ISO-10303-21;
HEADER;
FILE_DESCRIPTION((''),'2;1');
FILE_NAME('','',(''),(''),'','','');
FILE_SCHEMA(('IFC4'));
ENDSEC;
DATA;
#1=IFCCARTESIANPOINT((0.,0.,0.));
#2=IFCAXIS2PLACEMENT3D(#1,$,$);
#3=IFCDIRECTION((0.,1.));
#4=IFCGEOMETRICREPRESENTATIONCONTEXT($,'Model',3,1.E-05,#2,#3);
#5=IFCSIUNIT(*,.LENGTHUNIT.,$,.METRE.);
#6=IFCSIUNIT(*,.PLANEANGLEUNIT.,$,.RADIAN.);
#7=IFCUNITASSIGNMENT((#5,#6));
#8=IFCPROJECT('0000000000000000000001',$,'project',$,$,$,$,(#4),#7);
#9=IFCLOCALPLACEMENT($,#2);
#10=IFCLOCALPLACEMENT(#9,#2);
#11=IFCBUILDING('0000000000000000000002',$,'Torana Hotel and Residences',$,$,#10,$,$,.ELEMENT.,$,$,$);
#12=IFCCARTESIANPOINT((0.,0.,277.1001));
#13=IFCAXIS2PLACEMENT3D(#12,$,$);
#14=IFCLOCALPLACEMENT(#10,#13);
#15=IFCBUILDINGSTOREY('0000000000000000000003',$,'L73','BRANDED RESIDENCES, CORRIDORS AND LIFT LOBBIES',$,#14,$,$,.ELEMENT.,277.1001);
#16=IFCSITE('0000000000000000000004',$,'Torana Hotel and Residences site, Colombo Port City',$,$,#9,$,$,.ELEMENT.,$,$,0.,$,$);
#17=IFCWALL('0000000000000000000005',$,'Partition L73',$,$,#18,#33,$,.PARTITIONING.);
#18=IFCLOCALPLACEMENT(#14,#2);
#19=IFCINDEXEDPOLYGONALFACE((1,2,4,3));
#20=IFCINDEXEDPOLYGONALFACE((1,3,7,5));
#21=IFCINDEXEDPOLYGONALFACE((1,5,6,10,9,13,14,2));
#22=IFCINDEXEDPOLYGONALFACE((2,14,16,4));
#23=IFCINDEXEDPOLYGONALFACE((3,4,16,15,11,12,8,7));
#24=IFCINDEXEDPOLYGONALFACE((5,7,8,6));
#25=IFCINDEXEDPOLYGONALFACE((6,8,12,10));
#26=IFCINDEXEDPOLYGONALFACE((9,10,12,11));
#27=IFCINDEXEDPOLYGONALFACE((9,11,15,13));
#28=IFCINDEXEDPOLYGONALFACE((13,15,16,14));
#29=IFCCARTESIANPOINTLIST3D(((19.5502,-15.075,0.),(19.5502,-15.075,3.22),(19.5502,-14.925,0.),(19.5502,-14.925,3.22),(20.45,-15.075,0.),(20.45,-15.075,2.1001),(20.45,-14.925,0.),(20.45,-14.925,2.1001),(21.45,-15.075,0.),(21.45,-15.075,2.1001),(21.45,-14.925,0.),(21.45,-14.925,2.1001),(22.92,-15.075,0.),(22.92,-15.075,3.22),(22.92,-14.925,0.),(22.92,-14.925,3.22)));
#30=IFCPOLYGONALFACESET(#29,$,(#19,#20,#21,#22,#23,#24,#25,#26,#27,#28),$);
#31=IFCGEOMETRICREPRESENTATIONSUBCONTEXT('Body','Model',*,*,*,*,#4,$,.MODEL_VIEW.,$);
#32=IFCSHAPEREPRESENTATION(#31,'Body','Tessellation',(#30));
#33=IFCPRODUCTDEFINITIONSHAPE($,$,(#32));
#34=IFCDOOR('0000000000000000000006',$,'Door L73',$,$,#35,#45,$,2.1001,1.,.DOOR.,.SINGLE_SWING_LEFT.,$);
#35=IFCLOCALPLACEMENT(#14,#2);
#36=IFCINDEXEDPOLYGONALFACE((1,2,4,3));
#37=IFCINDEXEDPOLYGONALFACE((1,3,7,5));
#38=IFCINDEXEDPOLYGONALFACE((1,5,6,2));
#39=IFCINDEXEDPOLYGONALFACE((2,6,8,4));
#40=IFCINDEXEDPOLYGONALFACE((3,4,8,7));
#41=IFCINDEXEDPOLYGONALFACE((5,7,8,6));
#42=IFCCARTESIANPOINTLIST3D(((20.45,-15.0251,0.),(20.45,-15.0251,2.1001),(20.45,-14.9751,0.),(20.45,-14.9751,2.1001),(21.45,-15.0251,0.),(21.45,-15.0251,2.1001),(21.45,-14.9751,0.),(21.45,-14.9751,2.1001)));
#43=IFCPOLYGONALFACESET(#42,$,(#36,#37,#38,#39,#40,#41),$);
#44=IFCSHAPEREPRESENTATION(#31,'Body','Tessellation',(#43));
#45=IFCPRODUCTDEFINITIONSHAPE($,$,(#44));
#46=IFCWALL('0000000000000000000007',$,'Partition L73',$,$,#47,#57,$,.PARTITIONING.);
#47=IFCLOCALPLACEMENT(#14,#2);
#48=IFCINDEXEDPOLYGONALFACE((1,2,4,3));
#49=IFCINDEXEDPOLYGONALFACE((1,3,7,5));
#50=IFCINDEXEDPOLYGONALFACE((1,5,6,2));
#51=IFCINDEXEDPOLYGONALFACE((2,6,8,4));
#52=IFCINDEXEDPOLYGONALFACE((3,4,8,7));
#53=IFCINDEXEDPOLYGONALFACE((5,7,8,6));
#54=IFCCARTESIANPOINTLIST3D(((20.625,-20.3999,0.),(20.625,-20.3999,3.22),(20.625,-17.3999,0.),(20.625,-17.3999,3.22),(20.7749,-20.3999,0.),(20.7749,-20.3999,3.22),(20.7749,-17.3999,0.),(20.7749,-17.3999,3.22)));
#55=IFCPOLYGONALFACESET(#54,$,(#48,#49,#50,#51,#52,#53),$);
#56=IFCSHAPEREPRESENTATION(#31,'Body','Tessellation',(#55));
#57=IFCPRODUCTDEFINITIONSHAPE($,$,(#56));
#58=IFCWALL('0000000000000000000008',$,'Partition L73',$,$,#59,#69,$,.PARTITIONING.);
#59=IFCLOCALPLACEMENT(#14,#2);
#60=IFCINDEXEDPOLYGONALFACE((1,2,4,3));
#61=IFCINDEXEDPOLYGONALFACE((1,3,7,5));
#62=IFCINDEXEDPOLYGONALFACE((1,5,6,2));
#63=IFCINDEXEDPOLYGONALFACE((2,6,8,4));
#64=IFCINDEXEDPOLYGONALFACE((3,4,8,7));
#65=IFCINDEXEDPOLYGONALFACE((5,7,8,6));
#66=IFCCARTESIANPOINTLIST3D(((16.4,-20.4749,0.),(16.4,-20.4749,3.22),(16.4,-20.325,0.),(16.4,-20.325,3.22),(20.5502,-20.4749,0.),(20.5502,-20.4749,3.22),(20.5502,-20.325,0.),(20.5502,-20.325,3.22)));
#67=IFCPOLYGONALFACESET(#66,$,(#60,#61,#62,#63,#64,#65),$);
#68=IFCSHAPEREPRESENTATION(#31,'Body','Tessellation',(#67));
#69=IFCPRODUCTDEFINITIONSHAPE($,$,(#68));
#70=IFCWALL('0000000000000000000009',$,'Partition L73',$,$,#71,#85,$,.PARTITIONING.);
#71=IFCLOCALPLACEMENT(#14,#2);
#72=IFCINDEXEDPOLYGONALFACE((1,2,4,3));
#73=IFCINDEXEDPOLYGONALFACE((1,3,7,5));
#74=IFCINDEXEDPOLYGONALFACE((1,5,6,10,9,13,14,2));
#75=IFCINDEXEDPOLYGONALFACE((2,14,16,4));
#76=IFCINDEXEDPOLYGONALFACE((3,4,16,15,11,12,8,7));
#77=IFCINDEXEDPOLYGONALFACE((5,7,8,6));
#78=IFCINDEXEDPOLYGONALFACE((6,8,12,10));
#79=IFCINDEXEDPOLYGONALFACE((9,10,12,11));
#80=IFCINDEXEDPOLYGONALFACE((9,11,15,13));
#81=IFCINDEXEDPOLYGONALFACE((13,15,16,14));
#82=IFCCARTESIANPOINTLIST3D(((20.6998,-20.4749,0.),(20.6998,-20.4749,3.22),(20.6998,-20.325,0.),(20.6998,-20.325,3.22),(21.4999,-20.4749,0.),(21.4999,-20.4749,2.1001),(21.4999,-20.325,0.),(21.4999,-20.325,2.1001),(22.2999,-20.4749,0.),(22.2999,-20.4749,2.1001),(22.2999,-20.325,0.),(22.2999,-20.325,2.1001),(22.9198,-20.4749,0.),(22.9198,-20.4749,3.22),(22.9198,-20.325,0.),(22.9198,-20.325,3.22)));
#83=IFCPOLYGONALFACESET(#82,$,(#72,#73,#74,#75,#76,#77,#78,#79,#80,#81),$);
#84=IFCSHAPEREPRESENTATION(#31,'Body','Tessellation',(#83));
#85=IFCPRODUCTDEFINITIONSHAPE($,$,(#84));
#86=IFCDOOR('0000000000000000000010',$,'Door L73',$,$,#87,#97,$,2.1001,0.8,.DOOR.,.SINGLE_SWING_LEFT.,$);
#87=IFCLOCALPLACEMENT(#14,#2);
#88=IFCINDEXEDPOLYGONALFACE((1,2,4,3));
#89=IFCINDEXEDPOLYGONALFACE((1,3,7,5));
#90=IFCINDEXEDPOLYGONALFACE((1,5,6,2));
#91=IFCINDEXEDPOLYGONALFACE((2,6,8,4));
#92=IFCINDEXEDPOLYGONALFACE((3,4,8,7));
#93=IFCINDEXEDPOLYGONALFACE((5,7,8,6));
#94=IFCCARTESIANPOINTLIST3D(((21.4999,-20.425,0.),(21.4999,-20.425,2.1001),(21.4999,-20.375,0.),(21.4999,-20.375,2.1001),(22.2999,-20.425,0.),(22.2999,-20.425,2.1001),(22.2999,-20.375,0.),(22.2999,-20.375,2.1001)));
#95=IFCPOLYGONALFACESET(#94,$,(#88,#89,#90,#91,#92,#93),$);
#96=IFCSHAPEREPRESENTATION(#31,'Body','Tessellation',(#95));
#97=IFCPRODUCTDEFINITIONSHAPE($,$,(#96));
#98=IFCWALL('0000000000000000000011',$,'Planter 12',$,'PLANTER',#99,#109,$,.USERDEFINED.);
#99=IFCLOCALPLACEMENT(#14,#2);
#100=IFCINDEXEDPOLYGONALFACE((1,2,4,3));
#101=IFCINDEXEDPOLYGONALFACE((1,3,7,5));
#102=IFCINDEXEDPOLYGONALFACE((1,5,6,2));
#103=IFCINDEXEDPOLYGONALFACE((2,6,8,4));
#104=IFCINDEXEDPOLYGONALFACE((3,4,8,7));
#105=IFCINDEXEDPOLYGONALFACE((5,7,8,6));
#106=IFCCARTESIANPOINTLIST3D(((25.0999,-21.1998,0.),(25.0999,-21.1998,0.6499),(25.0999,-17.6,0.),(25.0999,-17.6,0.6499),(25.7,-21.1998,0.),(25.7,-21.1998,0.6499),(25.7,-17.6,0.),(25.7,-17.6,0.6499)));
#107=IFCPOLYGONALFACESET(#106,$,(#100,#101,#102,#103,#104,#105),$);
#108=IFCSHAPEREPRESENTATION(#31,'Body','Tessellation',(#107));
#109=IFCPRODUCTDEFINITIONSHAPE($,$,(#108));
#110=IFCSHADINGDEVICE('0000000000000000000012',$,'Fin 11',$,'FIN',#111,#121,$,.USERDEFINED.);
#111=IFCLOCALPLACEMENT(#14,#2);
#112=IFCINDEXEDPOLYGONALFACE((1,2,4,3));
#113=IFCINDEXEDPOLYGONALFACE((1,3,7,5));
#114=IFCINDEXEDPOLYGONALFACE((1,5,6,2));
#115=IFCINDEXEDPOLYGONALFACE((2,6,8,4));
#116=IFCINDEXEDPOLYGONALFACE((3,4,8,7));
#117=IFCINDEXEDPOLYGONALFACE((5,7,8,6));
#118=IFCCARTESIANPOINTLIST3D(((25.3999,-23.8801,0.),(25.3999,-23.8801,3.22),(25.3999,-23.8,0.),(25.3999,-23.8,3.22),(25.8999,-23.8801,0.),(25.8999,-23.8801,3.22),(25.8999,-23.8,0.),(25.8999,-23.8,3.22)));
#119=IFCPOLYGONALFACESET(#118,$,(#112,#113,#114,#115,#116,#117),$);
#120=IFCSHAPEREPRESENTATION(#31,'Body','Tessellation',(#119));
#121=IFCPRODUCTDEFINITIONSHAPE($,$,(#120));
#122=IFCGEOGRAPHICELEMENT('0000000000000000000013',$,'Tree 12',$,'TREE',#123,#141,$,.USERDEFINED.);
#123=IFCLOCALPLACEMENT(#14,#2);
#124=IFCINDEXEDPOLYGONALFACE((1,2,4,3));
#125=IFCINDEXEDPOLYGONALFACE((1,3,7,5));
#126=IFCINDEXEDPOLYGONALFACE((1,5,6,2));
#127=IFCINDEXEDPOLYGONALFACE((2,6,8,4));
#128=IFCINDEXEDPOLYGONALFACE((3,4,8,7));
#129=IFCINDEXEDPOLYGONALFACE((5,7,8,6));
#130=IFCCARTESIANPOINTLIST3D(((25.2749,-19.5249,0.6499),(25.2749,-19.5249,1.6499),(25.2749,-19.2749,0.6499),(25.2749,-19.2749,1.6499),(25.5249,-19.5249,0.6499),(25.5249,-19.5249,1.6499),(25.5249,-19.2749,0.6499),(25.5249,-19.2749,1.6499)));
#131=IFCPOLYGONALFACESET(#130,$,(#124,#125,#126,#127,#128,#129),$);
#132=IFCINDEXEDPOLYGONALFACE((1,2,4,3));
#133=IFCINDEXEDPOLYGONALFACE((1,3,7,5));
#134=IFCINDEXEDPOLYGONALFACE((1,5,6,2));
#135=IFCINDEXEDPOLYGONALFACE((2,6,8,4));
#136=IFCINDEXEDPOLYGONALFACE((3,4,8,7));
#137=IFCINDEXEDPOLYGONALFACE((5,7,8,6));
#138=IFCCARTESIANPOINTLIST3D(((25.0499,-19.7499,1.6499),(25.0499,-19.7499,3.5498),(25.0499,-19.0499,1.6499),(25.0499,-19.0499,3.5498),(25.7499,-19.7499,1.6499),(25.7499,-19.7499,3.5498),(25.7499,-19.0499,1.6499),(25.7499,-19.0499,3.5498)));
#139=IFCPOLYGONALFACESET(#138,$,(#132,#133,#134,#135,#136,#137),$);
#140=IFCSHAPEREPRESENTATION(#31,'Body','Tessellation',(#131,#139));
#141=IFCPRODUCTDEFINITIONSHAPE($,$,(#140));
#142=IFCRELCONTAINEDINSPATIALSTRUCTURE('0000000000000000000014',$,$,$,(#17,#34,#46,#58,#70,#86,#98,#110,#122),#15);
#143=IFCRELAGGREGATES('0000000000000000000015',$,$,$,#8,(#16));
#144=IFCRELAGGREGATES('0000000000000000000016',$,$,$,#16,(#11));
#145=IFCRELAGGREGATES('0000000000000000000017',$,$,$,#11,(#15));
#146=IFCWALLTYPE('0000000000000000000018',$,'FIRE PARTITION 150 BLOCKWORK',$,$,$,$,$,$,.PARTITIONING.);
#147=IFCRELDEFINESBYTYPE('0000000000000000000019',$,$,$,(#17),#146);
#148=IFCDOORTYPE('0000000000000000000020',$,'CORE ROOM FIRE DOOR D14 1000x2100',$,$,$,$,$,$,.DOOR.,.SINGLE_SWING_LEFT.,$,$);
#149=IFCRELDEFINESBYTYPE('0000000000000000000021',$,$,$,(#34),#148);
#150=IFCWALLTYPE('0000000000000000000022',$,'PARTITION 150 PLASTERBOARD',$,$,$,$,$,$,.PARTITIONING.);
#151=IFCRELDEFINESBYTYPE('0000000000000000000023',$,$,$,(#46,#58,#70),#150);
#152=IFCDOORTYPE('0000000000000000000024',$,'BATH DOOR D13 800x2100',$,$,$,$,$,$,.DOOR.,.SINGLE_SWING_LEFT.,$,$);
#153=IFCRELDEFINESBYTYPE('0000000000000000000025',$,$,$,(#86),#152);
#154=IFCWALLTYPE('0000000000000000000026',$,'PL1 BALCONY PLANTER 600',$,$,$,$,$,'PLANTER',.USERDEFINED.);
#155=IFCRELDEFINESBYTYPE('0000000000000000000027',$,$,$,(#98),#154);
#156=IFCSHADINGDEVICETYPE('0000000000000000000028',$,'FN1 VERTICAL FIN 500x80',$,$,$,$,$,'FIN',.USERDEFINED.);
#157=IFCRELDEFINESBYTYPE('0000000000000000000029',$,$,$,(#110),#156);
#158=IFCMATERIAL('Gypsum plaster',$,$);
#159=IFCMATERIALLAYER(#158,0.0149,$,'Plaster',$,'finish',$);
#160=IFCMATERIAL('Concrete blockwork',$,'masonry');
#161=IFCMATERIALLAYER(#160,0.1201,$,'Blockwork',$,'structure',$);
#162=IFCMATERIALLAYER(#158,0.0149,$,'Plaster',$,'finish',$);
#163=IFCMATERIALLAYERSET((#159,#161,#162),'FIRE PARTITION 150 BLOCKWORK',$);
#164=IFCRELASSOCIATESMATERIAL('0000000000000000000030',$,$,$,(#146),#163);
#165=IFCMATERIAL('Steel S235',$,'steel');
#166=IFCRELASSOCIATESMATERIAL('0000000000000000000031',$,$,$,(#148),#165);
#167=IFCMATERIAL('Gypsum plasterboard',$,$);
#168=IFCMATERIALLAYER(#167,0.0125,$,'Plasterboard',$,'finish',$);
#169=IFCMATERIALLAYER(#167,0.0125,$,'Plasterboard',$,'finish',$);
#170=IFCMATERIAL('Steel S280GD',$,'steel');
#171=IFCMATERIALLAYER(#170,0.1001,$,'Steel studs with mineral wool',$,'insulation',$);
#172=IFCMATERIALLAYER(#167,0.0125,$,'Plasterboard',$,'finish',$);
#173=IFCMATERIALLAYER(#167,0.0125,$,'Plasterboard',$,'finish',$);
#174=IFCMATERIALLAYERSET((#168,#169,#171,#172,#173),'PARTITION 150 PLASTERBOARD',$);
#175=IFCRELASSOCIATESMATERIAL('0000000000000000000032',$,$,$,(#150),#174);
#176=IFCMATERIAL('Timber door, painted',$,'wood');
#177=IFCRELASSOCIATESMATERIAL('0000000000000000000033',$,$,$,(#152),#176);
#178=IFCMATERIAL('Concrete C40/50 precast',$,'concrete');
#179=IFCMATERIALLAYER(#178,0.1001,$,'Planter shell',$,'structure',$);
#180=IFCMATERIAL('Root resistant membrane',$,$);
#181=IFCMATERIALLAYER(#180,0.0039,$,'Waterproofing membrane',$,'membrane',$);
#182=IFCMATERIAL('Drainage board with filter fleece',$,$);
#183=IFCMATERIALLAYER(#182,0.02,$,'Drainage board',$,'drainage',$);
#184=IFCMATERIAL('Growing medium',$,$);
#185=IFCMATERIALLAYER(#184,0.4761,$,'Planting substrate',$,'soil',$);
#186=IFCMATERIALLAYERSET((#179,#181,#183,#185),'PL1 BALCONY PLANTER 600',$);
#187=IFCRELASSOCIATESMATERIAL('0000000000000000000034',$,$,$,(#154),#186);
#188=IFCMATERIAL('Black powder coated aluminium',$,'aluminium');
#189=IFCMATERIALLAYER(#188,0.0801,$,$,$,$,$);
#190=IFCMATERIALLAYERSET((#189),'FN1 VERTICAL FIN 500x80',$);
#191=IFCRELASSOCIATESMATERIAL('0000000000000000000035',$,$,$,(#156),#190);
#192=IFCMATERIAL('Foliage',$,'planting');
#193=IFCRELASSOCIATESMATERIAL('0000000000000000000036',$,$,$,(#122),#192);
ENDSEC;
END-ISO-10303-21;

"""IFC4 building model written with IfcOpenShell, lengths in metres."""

from ifc_helpers import new_model, si_unit, direction, frame, frame_2d, origin, origin_2d, place, context, subcontext, project, spatial, rectangle, extrude, material, layer, layer_set, type_object, element, fill, save


model = new_model("IFC4")

# Units and contexts
model_context = context("Model", 3, precision=1e-05, world=origin(), true_north=direction((0.0, 1.0)))
body_context = subcontext(model_context, "Body", "Model", "MODEL_VIEW")
ifc_project = project(units=[si_unit("LENGTHUNIT", "METRE"), si_unit("PLANEANGLEUNIT", "RADIAN")], contexts=[model_context])

# Site, building, storey
site_placement = place(None, origin())
site = spatial("IfcSite", under=ifc_project, at=site_placement, Name="Torana Hotel and Residences site, Colombo Port City", CompositionType="ELEMENT", RefElevation=0.0)
building_placement = place(site_placement, origin())
building = spatial("IfcBuilding", under=site, at=building_placement, Name="Torana Hotel and Residences", CompositionType="ELEMENT")
storey_placement = place(building_placement, frame((0.0, 0.0, 277.1001)))
storey = spatial("IfcBuildingStorey", under=building, at=storey_placement, Name="L73", Description="BRANDED RESIDENCES, CORRIDORS AND LIFT LOBBIES", CompositionType="ELEMENT", Elevation=277.1001)

# Wall, opening, door
ifc_material_1 = material(Name="Gypsum plaster")
ifc_layer_1 = layer(ifc_material_1, 0.0149, Name="Plaster", Category="finish")
ifc_material_2 = material(Name="Concrete blockwork", Category="masonry")
ifc_layer_2 = layer(ifc_material_2, 0.1201, Name="Blockwork", Category="structure")
ifc_layer_3 = layer(ifc_material_1, 0.0149, Name="Plaster", Category="finish")
ifc_layer_set_1 = layer_set([ifc_layer_1, ifc_layer_2, ifc_layer_3], Name="FIRE PARTITION 150 BLOCKWORK")
wall_type_1 = type_object("IfcWallType", Name="FIRE PARTITION 150 BLOCKWORK", PredefinedType="PARTITIONING", material=ifc_layer_set_1)
wall_1_placement = place(storey_placement, frame((19.55, -15.0, 0.0), z_axis=(0.0, 0.0, 1.0), x_axis=(1.0, 0.0, 0.0)))
wall_1 = element("IfcWall", 1, at=wall_1_placement, inside=storey, type_object=wall_type_1, Name="Partition L73", PredefinedType="PARTITIONING", context=body_context, shape_type="SweptSolid", body=[
    extrude(rectangle(XDim=3.3699, YDim=0.1499, at=frame_2d((1.6851, 0.0))), origin(), (0.0, 0.0, 1.0), 3.22),
])
opening_1_placement = place(wall_1_placement, frame((0.8999, 0.0, 0.0)))
opening_1 = element("IfcOpeningElement", 2, at=opening_1_placement, cuts=wall_1, PredefinedType="OPENING", context=body_context, shape_type="SweptSolid", body=[
    extrude(rectangle(XDim=1.0, YDim=2.1001, at=frame_2d((0.5, 1.05))), frame((0.0, 0.085, 0.0), z_axis=(0.0, -1.0, 0.0), x_axis=(1.0, 0.0, 0.0)), (0.0, 0.0, 1.0), 0.1699),
])
ifc_material_3 = material(Name="Steel S235", Category="steel")
door_type_1 = type_object("IfcDoorType", Name="CORE ROOM FIRE DOOR D14 1000x2100", OperationType="SINGLE_SWING_LEFT", PredefinedType="DOOR", material=ifc_material_3)
door_1_placement = place(opening_1_placement, origin())
door_1 = element("IfcDoor", 3, at=door_1_placement, inside=storey, type_object=door_type_1, Name="Door L73", OperationType="SINGLE_SWING_LEFT", OverallHeight=2.1001, OverallWidth=1.0, PredefinedType="DOOR", context=body_context, shape_type="SweptSolid", body=[
    extrude(rectangle(XDim=1.0, YDim=2.1001, at=frame_2d((0.5, 1.05))), frame((0.0, 0.0249, 0.0), z_axis=(0.0, -1.0, 0.0), x_axis=(1.0, 0.0, 0.0)), (0.0, 0.0, 1.0), 0.05),
])
fill(opening_1, door_1)

# Walls
ifc_material_4 = material(Name="Gypsum plasterboard")
ifc_layer_4 = layer(ifc_material_4, 0.0125, Name="Plasterboard", Category="finish")
ifc_layer_5 = layer(ifc_material_4, 0.0125, Name="Plasterboard", Category="finish")
ifc_material_5 = material(Name="Steel S280GD", Category="steel")
ifc_layer_6 = layer(ifc_material_5, 0.1001, Name="Steel studs with mineral wool", Category="insulation")
ifc_layer_7 = layer(ifc_material_4, 0.0125, Name="Plasterboard", Category="finish")
ifc_layer_8 = layer(ifc_material_4, 0.0125, Name="Plasterboard", Category="finish")
ifc_layer_set_2 = layer_set([ifc_layer_4, ifc_layer_5, ifc_layer_6, ifc_layer_7, ifc_layer_8], Name="PARTITION 150 PLASTERBOARD")
wall_type_2 = type_object("IfcWallType", Name="PARTITION 150 PLASTERBOARD", PredefinedType="PARTITIONING", material=ifc_layer_set_2)
wall_2_placement = place(storey_placement, frame((20.7, -20.3999, 0.0), z_axis=(0.0, 0.0, 1.0), x_axis=(0.0, 1.0, 0.0)))
element("IfcWall", 4, at=wall_2_placement, inside=storey, type_object=wall_type_2, Name="Partition L73", PredefinedType="PARTITIONING", context=body_context, shape_type="SweptSolid", body=[
    extrude(rectangle(XDim=3.0, YDim=0.1499, at=frame_2d((1.5, 0.0))), origin(), (0.0, 0.0, 1.0), 3.22),
])
wall_3_placement = place(storey_placement, frame((16.3999, -20.3999, 0.0), z_axis=(0.0, 0.0, 1.0), x_axis=(1.0, 0.0, 0.0)))
element("IfcWall", 5, at=wall_3_placement, inside=storey, type_object=wall_type_2, Name="Partition L73", PredefinedType="PARTITIONING", context=body_context, shape_type="SweptSolid", body=[
    extrude(rectangle(XDim=4.1501, YDim=0.1499, at=frame_2d((2.0752, 0.0))), origin(), (0.0, 0.0, 1.0), 3.22),
])

# Wall, opening, door
wall_4_placement = place(storey_placement, frame((20.7, -20.3999, 0.0), z_axis=(0.0, 0.0, 1.0), x_axis=(1.0, 0.0, 0.0)))
wall_4 = element("IfcWall", 6, at=wall_4_placement, inside=storey, type_object=wall_type_2, Name="Partition L73", PredefinedType="PARTITIONING", context=body_context, shape_type="SweptSolid", body=[
    extrude(rectangle(XDim=2.22, YDim=0.1499, at=frame_2d((1.1099, 0.0))), origin(), (0.0, 0.0, 1.0), 3.22),
])
opening_2_placement = place(wall_4_placement, frame((0.8, 0.0, 0.0)))
opening_2 = element("IfcOpeningElement", 7, at=opening_2_placement, cuts=wall_4, PredefinedType="OPENING", context=body_context, shape_type="SweptSolid", body=[
    extrude(rectangle(XDim=0.8, YDim=2.1001, at=frame_2d((0.3999, 1.05))), frame((0.0, 0.085, 0.0), z_axis=(0.0, -1.0, 0.0), x_axis=(1.0, 0.0, 0.0)), (0.0, 0.0, 1.0), 0.1699),
])
ifc_material_6 = material(Name="Timber door, painted", Category="wood")
door_type_2 = type_object("IfcDoorType", Name="BATH DOOR D13 800x2100", OperationType="SINGLE_SWING_LEFT", PredefinedType="DOOR", material=ifc_material_6)
door_2_placement = place(opening_2_placement, origin())
door_2 = element("IfcDoor", 8, at=door_2_placement, inside=storey, type_object=door_type_2, Name="Door L73", OperationType="SINGLE_SWING_LEFT", OverallHeight=2.1001, OverallWidth=0.8, PredefinedType="DOOR", context=body_context, shape_type="SweptSolid", body=[
    extrude(rectangle(XDim=0.8, YDim=2.1001, at=frame_2d((0.3999, 1.05))), frame((0.0, 0.0249, 0.0), z_axis=(0.0, -1.0, 0.0), x_axis=(1.0, 0.0, 0.0)), (0.0, 0.0, 1.0), 0.05),
])
fill(opening_2, door_2)

# Wall
ifc_material_7 = material(Name="Concrete C40/50 precast", Category="concrete")
ifc_layer_9 = layer(ifc_material_7, 0.1001, Name="Planter shell", Category="structure")
ifc_material_8 = material(Name="Root resistant membrane")
ifc_layer_10 = layer(ifc_material_8, 0.0039, Name="Waterproofing membrane", Category="membrane")
ifc_material_9 = material(Name="Drainage board with filter fleece")
ifc_layer_11 = layer(ifc_material_9, 0.02, Name="Drainage board", Category="drainage")
ifc_material_10 = material(Name="Growing medium")
ifc_layer_12 = layer(ifc_material_10, 0.4761, Name="Planting substrate", Category="soil")
ifc_layer_set_3 = layer_set([ifc_layer_9, ifc_layer_10, ifc_layer_11, ifc_layer_12], Name="PL1 BALCONY PLANTER 600")
wall_type_3 = type_object("IfcWallType", Name="PL1 BALCONY PLANTER 600", ElementType="PLANTER", PredefinedType="USERDEFINED", material=ifc_layer_set_3)
wall_5_placement = place(storey_placement, frame((25.3999, -17.6001, 0.0), z_axis=(0.0, 0.0, 1.0), x_axis=(0.0, -1.0, 0.0)))
element("IfcWall", 9, at=wall_5_placement, inside=storey, type_object=wall_type_3, Name="Planter 12", ObjectType="PLANTER", PredefinedType="USERDEFINED", context=body_context, shape_type="SweptSolid", body=[
    extrude(rectangle(XDim=3.5999, YDim=0.6001, at=frame_2d((1.7998, 0.0))), origin(), (0.0, 0.0, 1.0), 0.6499),
])

# Shading device
ifc_material_11 = material(Name="Black powder coated aluminium", Category="aluminium")
ifc_layer_13 = layer(ifc_material_11, 0.0801)
ifc_layer_set_4 = layer_set([ifc_layer_13], Name="FN1 VERTICAL FIN 500x80")
shading_device_type = type_object("IfcShadingDeviceType", Name="FN1 VERTICAL FIN 500x80", ElementType="FIN", PredefinedType="USERDEFINED", material=ifc_layer_set_4)
shading_device_placement = place(storey_placement, frame((25.6499, -23.8401, 0.0), z_axis=(0.0, 0.0, 1.0), x_axis=(0.0, -1.0, 0.0)))
element("IfcShadingDevice", 10, at=shading_device_placement, inside=storey, type_object=shading_device_type, Name="Fin 11", ObjectType="FIN", PredefinedType="USERDEFINED", context=body_context, shape_type="SweptSolid", body=[
    extrude(rectangle(XDim=0.0801, YDim=0.5, at=origin_2d()), origin(), (0.0, 0.0, 1.0), 3.22),
])

# Geographic element
ifc_material_12 = material(Name="Foliage", Category="planting")
geographic_element_placement = place(storey_placement, frame((25.3999, -19.3999, 0.6499), z_axis=(0.0, 0.0, 1.0), x_axis=(1.0, 0.0, 0.0)))
element("IfcGeographicElement", 11, at=geographic_element_placement, inside=storey, material=ifc_material_12, Name="Tree 12", ObjectType="TREE", PredefinedType="USERDEFINED", context=body_context, shape_type="SweptSolid", body=[
    extrude(rectangle(XDim=0.25, YDim=0.25, at=origin_2d()), origin(), (0.0, 0.0, 1.0), 1.0),
    extrude(rectangle(XDim=0.7, YDim=0.7, at=origin_2d()), frame((0.0, 0.0, 1.0)), (0.0, 0.0, 1.0), 1.8999),
])

save(model, "model.ifc")
